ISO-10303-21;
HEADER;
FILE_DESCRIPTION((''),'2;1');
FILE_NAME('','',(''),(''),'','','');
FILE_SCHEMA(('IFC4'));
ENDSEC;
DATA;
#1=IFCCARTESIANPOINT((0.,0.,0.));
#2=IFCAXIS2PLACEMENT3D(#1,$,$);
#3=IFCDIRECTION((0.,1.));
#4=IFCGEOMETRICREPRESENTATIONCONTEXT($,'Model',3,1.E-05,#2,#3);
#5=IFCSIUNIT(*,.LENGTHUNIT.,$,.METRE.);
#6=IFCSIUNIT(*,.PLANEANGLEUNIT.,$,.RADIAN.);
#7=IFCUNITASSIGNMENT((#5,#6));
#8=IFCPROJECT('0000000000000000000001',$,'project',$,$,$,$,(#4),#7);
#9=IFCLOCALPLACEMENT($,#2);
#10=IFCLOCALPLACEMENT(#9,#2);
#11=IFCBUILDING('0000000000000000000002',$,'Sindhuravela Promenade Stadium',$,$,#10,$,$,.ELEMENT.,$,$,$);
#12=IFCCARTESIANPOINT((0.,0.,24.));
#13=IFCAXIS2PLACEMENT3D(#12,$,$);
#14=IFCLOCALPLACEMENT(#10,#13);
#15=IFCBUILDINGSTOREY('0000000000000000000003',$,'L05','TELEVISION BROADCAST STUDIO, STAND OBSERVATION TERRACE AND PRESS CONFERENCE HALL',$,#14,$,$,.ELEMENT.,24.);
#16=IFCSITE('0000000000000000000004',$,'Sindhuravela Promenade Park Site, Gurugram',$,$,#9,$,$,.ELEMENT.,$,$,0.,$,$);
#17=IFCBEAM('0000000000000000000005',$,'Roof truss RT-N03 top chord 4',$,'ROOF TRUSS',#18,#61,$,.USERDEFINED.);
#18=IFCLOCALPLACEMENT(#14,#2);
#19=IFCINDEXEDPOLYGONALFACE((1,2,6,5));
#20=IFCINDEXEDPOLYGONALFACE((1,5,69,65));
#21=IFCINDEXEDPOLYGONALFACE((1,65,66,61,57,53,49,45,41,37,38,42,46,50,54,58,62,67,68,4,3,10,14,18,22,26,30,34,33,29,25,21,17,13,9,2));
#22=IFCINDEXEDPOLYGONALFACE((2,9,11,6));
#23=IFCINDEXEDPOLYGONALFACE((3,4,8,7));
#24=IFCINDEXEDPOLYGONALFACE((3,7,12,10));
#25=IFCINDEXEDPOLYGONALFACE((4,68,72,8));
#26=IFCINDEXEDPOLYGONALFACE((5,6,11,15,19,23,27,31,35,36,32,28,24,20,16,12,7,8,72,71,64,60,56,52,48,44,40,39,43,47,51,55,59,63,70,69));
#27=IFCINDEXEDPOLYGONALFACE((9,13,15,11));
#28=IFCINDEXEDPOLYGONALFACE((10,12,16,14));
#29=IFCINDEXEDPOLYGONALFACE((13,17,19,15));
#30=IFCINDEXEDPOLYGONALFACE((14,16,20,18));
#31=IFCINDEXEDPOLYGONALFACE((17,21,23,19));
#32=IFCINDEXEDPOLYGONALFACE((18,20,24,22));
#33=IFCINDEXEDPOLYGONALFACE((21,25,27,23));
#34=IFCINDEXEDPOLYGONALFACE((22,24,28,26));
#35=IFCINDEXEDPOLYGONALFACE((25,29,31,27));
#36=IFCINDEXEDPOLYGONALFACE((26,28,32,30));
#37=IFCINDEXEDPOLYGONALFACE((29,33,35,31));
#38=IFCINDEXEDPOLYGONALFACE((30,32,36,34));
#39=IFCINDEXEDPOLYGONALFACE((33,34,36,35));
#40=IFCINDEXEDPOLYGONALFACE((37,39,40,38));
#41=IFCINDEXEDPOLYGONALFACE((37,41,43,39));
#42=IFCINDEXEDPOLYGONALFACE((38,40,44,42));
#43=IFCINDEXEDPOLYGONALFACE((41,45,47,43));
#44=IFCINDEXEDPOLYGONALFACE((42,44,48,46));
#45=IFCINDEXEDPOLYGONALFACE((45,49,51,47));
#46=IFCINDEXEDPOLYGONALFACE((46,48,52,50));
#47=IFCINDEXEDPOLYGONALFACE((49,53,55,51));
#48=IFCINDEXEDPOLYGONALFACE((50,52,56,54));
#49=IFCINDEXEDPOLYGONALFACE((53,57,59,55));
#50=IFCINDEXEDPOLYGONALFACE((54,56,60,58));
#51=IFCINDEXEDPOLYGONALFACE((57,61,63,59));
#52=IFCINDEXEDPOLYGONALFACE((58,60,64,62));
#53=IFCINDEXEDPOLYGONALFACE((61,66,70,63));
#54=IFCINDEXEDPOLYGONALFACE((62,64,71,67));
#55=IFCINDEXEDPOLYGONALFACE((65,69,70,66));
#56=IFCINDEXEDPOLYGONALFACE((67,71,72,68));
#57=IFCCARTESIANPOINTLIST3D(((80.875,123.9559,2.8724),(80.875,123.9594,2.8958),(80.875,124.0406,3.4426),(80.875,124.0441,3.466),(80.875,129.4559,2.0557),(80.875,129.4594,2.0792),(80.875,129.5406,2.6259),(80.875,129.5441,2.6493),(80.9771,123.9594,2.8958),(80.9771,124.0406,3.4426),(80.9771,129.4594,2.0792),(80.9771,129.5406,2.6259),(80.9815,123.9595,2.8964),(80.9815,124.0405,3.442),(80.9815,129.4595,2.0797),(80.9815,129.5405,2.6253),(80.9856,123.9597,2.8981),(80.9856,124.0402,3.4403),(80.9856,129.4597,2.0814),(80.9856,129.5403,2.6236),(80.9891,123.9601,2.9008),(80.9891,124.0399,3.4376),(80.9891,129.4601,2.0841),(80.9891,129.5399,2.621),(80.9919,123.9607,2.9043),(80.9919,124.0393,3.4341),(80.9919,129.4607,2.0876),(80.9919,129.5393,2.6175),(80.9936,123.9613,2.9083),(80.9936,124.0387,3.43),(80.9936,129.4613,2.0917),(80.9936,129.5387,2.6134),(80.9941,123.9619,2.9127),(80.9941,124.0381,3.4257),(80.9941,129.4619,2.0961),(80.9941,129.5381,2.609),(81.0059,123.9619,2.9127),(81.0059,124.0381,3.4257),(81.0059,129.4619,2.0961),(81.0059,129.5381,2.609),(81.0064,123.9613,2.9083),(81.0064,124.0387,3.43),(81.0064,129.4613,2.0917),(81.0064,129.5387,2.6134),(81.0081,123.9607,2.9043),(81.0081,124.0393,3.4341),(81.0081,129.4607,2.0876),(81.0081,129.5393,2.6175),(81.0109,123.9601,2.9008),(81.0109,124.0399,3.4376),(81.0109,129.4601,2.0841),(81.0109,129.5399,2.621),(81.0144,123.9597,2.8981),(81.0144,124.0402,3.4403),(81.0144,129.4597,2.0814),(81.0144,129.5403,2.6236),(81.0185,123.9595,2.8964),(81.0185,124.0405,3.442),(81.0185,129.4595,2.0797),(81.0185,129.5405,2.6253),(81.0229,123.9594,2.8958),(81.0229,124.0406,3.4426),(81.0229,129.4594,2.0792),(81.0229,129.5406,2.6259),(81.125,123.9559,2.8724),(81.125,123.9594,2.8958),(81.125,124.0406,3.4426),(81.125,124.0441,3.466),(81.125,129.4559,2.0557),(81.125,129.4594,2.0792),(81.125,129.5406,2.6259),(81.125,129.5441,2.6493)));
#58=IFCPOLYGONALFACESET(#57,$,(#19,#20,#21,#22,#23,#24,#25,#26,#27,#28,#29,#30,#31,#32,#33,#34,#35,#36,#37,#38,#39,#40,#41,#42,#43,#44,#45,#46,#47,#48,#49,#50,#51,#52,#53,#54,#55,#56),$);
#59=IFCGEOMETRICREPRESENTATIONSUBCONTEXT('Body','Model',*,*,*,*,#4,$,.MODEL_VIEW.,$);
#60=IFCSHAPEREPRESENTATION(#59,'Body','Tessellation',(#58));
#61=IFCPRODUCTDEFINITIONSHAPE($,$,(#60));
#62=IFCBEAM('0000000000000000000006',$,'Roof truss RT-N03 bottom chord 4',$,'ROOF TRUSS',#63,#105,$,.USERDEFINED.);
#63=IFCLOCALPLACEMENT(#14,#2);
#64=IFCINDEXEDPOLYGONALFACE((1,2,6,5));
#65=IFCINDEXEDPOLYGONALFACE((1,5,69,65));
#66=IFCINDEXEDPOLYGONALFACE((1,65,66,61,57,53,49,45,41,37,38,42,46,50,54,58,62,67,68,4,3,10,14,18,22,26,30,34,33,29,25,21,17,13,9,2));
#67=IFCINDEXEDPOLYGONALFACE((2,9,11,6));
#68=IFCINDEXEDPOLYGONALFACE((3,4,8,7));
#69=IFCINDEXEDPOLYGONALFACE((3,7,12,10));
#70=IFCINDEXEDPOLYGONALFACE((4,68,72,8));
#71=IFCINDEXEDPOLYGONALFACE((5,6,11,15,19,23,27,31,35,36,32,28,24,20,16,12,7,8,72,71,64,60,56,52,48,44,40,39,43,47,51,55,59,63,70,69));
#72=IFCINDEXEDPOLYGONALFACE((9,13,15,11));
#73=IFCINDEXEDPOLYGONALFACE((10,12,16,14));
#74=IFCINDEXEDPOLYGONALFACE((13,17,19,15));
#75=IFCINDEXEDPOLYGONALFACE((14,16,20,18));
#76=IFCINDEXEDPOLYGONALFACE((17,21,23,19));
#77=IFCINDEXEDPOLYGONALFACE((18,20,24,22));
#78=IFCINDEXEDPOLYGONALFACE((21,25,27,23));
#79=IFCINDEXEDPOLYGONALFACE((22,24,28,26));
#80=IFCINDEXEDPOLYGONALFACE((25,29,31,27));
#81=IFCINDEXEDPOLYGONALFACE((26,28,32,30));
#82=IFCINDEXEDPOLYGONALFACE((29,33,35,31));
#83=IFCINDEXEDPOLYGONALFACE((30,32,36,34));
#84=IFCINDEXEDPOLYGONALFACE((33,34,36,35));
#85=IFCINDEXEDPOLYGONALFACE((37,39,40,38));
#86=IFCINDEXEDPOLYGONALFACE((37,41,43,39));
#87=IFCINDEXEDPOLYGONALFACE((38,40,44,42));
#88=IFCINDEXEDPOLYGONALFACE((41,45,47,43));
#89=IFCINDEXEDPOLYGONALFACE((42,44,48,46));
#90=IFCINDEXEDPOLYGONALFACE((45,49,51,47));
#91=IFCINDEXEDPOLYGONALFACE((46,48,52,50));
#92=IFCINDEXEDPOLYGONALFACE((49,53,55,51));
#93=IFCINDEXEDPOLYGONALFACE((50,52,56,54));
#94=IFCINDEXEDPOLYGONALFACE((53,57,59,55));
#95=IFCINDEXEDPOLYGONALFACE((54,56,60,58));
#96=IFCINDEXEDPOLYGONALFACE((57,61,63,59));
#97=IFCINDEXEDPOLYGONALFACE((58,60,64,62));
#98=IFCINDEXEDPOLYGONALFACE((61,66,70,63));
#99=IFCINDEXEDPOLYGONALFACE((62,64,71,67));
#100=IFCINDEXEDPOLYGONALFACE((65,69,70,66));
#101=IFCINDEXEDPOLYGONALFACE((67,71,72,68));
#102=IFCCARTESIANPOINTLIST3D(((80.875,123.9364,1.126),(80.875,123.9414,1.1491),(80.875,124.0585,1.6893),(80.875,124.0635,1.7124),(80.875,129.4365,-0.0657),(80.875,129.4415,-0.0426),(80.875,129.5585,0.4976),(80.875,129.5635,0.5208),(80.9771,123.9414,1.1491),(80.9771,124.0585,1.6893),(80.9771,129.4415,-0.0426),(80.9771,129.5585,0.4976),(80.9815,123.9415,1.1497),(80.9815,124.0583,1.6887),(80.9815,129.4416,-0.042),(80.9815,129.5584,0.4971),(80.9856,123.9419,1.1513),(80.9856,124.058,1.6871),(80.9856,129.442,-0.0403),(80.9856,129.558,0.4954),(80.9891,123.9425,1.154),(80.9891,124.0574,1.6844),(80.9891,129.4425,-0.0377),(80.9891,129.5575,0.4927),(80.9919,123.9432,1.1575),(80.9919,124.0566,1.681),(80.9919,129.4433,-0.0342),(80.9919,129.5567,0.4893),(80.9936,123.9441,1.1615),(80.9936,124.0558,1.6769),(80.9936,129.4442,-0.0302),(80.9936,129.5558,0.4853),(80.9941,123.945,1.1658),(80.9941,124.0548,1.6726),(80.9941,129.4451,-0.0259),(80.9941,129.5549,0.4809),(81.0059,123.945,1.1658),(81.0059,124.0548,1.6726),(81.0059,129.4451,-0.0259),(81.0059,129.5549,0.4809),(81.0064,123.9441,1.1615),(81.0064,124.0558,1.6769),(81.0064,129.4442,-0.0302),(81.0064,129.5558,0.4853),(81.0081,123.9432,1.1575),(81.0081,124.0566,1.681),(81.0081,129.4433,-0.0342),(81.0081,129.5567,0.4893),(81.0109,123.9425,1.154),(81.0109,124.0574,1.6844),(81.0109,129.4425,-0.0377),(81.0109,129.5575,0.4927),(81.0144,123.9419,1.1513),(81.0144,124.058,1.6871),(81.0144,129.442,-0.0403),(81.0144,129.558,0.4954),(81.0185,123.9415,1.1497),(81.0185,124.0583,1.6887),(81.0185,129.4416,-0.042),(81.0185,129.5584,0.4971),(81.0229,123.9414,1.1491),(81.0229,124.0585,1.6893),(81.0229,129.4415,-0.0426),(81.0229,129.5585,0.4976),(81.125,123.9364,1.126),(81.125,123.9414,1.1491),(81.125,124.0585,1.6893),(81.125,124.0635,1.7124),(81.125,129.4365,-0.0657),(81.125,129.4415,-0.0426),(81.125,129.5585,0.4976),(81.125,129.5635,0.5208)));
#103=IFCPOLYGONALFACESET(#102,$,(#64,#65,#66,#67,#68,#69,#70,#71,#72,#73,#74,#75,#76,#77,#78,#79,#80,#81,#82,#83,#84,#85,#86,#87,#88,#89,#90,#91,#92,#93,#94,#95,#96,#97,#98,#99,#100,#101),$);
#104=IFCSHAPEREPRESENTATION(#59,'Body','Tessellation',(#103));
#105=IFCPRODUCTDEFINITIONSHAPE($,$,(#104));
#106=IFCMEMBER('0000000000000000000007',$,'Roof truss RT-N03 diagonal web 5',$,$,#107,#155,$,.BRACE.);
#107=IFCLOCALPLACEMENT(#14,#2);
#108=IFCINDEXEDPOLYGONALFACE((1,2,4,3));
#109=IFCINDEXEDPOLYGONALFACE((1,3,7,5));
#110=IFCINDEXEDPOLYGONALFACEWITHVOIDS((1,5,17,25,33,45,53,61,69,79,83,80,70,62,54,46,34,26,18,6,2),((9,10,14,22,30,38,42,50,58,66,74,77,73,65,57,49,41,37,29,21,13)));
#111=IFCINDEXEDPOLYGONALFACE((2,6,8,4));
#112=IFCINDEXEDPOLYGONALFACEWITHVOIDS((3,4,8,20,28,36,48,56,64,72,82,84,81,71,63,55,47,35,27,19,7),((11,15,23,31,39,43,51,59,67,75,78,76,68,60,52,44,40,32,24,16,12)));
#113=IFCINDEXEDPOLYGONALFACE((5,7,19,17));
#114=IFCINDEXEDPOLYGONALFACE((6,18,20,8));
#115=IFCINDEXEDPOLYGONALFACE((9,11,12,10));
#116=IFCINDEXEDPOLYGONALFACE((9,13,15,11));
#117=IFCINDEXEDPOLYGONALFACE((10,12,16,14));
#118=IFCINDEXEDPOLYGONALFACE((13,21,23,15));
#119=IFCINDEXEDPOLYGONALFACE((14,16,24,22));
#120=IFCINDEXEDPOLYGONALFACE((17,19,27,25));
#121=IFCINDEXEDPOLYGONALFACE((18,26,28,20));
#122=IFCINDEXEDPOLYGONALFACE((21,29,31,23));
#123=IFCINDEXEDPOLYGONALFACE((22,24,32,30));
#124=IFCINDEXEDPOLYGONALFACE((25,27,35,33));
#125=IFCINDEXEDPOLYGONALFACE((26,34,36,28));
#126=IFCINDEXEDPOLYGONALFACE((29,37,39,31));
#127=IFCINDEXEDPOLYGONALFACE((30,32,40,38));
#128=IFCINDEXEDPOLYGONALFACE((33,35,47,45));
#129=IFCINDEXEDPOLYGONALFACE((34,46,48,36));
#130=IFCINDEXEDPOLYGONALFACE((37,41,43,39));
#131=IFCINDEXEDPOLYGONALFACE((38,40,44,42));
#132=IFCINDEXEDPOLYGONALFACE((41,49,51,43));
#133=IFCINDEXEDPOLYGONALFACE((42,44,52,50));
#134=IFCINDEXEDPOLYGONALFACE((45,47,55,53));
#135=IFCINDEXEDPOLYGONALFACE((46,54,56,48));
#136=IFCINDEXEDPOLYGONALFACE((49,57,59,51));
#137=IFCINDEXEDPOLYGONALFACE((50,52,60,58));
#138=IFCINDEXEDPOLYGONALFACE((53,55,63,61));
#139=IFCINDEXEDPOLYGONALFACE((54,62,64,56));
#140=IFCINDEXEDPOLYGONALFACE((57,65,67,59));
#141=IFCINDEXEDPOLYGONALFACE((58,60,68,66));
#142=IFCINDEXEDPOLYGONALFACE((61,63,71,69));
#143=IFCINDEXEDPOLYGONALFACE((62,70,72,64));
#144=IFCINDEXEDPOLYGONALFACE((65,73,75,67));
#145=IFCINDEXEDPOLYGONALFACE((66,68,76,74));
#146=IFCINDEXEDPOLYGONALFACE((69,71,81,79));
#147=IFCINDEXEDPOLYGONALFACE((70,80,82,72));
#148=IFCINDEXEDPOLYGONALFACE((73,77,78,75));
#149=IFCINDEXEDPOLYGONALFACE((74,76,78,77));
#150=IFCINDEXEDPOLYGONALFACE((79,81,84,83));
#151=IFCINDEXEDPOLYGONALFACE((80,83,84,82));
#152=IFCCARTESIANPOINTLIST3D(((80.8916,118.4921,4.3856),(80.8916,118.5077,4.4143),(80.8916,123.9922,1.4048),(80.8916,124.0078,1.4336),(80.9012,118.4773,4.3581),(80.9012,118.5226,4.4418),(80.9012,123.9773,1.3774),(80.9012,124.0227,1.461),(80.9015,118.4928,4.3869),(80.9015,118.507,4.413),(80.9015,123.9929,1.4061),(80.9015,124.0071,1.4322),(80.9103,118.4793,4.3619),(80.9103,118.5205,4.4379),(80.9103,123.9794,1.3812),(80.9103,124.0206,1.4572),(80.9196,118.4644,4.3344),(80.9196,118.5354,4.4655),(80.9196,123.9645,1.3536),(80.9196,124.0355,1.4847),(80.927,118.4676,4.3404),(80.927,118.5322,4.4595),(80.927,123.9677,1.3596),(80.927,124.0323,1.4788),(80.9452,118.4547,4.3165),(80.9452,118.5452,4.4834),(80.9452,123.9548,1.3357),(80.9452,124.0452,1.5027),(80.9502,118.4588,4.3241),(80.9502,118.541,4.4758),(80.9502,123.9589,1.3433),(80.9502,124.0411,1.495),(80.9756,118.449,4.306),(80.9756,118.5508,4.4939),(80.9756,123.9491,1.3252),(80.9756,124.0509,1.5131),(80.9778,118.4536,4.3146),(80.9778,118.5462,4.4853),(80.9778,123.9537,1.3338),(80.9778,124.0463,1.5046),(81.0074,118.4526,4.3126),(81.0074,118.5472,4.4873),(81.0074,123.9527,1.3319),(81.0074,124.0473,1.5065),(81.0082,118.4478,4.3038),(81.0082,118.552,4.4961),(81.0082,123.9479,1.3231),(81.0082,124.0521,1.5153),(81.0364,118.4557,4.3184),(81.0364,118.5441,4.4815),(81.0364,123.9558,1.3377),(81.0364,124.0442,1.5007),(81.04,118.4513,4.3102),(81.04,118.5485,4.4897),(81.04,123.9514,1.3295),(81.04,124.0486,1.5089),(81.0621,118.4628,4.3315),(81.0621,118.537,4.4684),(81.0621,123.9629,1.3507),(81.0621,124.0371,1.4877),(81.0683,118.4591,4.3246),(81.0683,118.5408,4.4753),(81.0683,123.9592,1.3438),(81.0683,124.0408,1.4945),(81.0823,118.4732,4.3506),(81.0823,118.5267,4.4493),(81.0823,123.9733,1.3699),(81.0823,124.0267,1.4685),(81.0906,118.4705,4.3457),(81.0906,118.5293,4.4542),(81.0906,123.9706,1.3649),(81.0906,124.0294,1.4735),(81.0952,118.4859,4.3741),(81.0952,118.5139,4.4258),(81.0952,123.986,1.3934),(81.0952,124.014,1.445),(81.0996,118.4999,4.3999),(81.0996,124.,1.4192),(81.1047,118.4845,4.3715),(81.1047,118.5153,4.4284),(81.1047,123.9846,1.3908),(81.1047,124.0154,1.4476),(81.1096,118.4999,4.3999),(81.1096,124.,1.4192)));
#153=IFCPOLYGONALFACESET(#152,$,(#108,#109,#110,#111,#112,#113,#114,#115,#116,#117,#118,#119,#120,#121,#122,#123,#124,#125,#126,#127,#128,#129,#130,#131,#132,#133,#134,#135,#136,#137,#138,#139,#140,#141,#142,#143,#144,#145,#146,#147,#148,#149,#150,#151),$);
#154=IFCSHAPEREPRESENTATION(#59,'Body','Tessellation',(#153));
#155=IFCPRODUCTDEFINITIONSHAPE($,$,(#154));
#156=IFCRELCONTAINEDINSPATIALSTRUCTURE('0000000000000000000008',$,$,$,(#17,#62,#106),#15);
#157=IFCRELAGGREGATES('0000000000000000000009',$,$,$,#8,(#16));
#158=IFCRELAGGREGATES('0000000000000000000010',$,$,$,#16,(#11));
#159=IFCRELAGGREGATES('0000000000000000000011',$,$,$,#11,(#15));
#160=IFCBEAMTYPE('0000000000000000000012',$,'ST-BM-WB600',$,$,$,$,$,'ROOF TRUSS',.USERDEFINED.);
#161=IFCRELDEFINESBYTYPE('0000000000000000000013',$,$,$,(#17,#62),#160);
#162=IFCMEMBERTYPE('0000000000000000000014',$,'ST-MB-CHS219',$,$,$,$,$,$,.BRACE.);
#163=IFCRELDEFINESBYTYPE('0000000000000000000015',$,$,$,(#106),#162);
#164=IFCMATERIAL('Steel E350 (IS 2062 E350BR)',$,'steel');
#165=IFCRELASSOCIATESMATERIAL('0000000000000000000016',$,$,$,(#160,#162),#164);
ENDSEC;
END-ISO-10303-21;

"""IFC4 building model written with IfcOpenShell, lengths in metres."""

from ifc_helpers import new_model, si_unit, direction, frame, origin, origin_2d, place, context, subcontext, project, spatial, hollow_circle, i_section, extrude, material, material_profile, profile_set, type_object, element, save


model = new_model("IFC4")

# Units and contexts
model_context = context("Model", 3, precision=1e-05, world=origin(), true_north=direction((0.0, 1.0)))
body_context = subcontext(model_context, "Body", "Model", "MODEL_VIEW")
ifc_project = project(units=[si_unit("LENGTHUNIT", "METRE"), si_unit("PLANEANGLEUNIT", "RADIAN")], contexts=[model_context])

# Site, building, storey
site_placement = place(None, origin())
site = spatial("IfcSite", under=ifc_project, at=site_placement, Name="Sindhuravela Promenade Park Site, Gurugram", CompositionType="ELEMENT", RefElevation=0.0)
building_placement = place(site_placement, origin())
building = spatial("IfcBuilding", under=site, at=building_placement, Name="Sindhuravela Promenade Stadium", CompositionType="ELEMENT")
storey_placement = place(building_placement, frame((0.0, 0.0, 24.0)))
storey = spatial("IfcBuildingStorey", under=building, at=storey_placement, Name="L05", Description="TELEVISION BROADCAST STUDIO, STAND OBSERVATION TERRACE AND PRESS CONFERENCE HALL", CompositionType="ELEMENT", Elevation=24.0)

# Beams
ifc_material_1 = material(Name="Steel E350 (IS 2062 E350BR)", Category="steel")
ifc_material_profile_1 = material_profile(ifc_material_1, i_section(OverallWidth=0.25, OverallDepth=0.6001, WebThickness=0.0117, FlangeThickness=0.0237, FilletRadius=0.0171, at=origin_2d()), Name="ISWB 600")
ifc_profile_set_1 = profile_set([ifc_material_profile_1], Name="Steel E350 (IS 2062 E350BR)")
beam_type_1 = type_object("IfcBeamType", Name="ST-BM-WB600", ElementType="ROOF TRUSS", PredefinedType="USERDEFINED", material=ifc_profile_set_1)
beam_1_placement = place(storey_placement, frame((81.0, 129.5, 2.3525), z_axis=(0.0, -0.989156, 0.146872), x_axis=(1.0, 0.0, 0.0)))
element("IfcBeam", 1, at=beam_1_placement, inside=storey, type_object=beam_type_1, Name="Roof truss RT-N03 top chord 4", ObjectType="ROOF TRUSS", PredefinedType="USERDEFINED", context=body_context, shape_type="SweptSolid", body=[
    extrude(i_section(OverallWidth=0.25, OverallDepth=0.6001, WebThickness=0.0117, FlangeThickness=0.0237, FilletRadius=0.0171, at=origin_2d()), origin(), (0.0, 0.0, 1.0), 5.5603),
])
beam_2_placement = place(storey_placement, frame((81.0, 129.5, 0.2275), z_axis=(0.0, -0.977324, 0.211751), x_axis=(1.0, 0.0, 0.0)))
element("IfcBeam", 2, at=beam_2_placement, inside=storey, type_object=beam_type_1, Name="Roof truss RT-N03 bottom chord 4", ObjectType="ROOF TRUSS", PredefinedType="USERDEFINED", context=body_context, shape_type="SweptSolid", body=[
    extrude(i_section(OverallWidth=0.25, OverallDepth=0.6001, WebThickness=0.0117, FlangeThickness=0.0237, FilletRadius=0.0171, at=origin_2d()), origin(), (0.0, 0.0, 1.0), 5.6277),
])

# Member
ifc_material_profile_2 = material_profile(ifc_material_1, hollow_circle(Radius=0.1096, WallThickness=0.01, at=origin_2d()), Name="CHS 219.1x10")
ifc_profile_set_2 = profile_set([ifc_material_profile_2], Name="Steel E350 (IS 2062 E350BR)")
member_type_1 = type_object("IfcMemberType", Name="ST-MB-CHS219", PredefinedType="BRACE", material=ifc_profile_set_2)
for number, where, z_axis, x_axis, name in (
    (3, (81.0, 124.0, 1.4192), (0.0, -0.879188, 0.476474), (1.0, 0.0, 0.0), "Roof truss RT-N03 diagonal web 5"),
):
    element("IfcMember", number, at=place(storey_placement, frame(where, z_axis=z_axis, x_axis=x_axis)), inside=storey, type_object=member_type_1, Name=name, PredefinedType="BRACE", context=body_context, shape_type="SweptSolid", body=[
        extrude(hollow_circle(Radius=0.1096, WallThickness=0.01, at=origin_2d()), origin(), (0.0, 0.0, 1.0), 6.2559),
    ])

save(model, "model.ifc")
